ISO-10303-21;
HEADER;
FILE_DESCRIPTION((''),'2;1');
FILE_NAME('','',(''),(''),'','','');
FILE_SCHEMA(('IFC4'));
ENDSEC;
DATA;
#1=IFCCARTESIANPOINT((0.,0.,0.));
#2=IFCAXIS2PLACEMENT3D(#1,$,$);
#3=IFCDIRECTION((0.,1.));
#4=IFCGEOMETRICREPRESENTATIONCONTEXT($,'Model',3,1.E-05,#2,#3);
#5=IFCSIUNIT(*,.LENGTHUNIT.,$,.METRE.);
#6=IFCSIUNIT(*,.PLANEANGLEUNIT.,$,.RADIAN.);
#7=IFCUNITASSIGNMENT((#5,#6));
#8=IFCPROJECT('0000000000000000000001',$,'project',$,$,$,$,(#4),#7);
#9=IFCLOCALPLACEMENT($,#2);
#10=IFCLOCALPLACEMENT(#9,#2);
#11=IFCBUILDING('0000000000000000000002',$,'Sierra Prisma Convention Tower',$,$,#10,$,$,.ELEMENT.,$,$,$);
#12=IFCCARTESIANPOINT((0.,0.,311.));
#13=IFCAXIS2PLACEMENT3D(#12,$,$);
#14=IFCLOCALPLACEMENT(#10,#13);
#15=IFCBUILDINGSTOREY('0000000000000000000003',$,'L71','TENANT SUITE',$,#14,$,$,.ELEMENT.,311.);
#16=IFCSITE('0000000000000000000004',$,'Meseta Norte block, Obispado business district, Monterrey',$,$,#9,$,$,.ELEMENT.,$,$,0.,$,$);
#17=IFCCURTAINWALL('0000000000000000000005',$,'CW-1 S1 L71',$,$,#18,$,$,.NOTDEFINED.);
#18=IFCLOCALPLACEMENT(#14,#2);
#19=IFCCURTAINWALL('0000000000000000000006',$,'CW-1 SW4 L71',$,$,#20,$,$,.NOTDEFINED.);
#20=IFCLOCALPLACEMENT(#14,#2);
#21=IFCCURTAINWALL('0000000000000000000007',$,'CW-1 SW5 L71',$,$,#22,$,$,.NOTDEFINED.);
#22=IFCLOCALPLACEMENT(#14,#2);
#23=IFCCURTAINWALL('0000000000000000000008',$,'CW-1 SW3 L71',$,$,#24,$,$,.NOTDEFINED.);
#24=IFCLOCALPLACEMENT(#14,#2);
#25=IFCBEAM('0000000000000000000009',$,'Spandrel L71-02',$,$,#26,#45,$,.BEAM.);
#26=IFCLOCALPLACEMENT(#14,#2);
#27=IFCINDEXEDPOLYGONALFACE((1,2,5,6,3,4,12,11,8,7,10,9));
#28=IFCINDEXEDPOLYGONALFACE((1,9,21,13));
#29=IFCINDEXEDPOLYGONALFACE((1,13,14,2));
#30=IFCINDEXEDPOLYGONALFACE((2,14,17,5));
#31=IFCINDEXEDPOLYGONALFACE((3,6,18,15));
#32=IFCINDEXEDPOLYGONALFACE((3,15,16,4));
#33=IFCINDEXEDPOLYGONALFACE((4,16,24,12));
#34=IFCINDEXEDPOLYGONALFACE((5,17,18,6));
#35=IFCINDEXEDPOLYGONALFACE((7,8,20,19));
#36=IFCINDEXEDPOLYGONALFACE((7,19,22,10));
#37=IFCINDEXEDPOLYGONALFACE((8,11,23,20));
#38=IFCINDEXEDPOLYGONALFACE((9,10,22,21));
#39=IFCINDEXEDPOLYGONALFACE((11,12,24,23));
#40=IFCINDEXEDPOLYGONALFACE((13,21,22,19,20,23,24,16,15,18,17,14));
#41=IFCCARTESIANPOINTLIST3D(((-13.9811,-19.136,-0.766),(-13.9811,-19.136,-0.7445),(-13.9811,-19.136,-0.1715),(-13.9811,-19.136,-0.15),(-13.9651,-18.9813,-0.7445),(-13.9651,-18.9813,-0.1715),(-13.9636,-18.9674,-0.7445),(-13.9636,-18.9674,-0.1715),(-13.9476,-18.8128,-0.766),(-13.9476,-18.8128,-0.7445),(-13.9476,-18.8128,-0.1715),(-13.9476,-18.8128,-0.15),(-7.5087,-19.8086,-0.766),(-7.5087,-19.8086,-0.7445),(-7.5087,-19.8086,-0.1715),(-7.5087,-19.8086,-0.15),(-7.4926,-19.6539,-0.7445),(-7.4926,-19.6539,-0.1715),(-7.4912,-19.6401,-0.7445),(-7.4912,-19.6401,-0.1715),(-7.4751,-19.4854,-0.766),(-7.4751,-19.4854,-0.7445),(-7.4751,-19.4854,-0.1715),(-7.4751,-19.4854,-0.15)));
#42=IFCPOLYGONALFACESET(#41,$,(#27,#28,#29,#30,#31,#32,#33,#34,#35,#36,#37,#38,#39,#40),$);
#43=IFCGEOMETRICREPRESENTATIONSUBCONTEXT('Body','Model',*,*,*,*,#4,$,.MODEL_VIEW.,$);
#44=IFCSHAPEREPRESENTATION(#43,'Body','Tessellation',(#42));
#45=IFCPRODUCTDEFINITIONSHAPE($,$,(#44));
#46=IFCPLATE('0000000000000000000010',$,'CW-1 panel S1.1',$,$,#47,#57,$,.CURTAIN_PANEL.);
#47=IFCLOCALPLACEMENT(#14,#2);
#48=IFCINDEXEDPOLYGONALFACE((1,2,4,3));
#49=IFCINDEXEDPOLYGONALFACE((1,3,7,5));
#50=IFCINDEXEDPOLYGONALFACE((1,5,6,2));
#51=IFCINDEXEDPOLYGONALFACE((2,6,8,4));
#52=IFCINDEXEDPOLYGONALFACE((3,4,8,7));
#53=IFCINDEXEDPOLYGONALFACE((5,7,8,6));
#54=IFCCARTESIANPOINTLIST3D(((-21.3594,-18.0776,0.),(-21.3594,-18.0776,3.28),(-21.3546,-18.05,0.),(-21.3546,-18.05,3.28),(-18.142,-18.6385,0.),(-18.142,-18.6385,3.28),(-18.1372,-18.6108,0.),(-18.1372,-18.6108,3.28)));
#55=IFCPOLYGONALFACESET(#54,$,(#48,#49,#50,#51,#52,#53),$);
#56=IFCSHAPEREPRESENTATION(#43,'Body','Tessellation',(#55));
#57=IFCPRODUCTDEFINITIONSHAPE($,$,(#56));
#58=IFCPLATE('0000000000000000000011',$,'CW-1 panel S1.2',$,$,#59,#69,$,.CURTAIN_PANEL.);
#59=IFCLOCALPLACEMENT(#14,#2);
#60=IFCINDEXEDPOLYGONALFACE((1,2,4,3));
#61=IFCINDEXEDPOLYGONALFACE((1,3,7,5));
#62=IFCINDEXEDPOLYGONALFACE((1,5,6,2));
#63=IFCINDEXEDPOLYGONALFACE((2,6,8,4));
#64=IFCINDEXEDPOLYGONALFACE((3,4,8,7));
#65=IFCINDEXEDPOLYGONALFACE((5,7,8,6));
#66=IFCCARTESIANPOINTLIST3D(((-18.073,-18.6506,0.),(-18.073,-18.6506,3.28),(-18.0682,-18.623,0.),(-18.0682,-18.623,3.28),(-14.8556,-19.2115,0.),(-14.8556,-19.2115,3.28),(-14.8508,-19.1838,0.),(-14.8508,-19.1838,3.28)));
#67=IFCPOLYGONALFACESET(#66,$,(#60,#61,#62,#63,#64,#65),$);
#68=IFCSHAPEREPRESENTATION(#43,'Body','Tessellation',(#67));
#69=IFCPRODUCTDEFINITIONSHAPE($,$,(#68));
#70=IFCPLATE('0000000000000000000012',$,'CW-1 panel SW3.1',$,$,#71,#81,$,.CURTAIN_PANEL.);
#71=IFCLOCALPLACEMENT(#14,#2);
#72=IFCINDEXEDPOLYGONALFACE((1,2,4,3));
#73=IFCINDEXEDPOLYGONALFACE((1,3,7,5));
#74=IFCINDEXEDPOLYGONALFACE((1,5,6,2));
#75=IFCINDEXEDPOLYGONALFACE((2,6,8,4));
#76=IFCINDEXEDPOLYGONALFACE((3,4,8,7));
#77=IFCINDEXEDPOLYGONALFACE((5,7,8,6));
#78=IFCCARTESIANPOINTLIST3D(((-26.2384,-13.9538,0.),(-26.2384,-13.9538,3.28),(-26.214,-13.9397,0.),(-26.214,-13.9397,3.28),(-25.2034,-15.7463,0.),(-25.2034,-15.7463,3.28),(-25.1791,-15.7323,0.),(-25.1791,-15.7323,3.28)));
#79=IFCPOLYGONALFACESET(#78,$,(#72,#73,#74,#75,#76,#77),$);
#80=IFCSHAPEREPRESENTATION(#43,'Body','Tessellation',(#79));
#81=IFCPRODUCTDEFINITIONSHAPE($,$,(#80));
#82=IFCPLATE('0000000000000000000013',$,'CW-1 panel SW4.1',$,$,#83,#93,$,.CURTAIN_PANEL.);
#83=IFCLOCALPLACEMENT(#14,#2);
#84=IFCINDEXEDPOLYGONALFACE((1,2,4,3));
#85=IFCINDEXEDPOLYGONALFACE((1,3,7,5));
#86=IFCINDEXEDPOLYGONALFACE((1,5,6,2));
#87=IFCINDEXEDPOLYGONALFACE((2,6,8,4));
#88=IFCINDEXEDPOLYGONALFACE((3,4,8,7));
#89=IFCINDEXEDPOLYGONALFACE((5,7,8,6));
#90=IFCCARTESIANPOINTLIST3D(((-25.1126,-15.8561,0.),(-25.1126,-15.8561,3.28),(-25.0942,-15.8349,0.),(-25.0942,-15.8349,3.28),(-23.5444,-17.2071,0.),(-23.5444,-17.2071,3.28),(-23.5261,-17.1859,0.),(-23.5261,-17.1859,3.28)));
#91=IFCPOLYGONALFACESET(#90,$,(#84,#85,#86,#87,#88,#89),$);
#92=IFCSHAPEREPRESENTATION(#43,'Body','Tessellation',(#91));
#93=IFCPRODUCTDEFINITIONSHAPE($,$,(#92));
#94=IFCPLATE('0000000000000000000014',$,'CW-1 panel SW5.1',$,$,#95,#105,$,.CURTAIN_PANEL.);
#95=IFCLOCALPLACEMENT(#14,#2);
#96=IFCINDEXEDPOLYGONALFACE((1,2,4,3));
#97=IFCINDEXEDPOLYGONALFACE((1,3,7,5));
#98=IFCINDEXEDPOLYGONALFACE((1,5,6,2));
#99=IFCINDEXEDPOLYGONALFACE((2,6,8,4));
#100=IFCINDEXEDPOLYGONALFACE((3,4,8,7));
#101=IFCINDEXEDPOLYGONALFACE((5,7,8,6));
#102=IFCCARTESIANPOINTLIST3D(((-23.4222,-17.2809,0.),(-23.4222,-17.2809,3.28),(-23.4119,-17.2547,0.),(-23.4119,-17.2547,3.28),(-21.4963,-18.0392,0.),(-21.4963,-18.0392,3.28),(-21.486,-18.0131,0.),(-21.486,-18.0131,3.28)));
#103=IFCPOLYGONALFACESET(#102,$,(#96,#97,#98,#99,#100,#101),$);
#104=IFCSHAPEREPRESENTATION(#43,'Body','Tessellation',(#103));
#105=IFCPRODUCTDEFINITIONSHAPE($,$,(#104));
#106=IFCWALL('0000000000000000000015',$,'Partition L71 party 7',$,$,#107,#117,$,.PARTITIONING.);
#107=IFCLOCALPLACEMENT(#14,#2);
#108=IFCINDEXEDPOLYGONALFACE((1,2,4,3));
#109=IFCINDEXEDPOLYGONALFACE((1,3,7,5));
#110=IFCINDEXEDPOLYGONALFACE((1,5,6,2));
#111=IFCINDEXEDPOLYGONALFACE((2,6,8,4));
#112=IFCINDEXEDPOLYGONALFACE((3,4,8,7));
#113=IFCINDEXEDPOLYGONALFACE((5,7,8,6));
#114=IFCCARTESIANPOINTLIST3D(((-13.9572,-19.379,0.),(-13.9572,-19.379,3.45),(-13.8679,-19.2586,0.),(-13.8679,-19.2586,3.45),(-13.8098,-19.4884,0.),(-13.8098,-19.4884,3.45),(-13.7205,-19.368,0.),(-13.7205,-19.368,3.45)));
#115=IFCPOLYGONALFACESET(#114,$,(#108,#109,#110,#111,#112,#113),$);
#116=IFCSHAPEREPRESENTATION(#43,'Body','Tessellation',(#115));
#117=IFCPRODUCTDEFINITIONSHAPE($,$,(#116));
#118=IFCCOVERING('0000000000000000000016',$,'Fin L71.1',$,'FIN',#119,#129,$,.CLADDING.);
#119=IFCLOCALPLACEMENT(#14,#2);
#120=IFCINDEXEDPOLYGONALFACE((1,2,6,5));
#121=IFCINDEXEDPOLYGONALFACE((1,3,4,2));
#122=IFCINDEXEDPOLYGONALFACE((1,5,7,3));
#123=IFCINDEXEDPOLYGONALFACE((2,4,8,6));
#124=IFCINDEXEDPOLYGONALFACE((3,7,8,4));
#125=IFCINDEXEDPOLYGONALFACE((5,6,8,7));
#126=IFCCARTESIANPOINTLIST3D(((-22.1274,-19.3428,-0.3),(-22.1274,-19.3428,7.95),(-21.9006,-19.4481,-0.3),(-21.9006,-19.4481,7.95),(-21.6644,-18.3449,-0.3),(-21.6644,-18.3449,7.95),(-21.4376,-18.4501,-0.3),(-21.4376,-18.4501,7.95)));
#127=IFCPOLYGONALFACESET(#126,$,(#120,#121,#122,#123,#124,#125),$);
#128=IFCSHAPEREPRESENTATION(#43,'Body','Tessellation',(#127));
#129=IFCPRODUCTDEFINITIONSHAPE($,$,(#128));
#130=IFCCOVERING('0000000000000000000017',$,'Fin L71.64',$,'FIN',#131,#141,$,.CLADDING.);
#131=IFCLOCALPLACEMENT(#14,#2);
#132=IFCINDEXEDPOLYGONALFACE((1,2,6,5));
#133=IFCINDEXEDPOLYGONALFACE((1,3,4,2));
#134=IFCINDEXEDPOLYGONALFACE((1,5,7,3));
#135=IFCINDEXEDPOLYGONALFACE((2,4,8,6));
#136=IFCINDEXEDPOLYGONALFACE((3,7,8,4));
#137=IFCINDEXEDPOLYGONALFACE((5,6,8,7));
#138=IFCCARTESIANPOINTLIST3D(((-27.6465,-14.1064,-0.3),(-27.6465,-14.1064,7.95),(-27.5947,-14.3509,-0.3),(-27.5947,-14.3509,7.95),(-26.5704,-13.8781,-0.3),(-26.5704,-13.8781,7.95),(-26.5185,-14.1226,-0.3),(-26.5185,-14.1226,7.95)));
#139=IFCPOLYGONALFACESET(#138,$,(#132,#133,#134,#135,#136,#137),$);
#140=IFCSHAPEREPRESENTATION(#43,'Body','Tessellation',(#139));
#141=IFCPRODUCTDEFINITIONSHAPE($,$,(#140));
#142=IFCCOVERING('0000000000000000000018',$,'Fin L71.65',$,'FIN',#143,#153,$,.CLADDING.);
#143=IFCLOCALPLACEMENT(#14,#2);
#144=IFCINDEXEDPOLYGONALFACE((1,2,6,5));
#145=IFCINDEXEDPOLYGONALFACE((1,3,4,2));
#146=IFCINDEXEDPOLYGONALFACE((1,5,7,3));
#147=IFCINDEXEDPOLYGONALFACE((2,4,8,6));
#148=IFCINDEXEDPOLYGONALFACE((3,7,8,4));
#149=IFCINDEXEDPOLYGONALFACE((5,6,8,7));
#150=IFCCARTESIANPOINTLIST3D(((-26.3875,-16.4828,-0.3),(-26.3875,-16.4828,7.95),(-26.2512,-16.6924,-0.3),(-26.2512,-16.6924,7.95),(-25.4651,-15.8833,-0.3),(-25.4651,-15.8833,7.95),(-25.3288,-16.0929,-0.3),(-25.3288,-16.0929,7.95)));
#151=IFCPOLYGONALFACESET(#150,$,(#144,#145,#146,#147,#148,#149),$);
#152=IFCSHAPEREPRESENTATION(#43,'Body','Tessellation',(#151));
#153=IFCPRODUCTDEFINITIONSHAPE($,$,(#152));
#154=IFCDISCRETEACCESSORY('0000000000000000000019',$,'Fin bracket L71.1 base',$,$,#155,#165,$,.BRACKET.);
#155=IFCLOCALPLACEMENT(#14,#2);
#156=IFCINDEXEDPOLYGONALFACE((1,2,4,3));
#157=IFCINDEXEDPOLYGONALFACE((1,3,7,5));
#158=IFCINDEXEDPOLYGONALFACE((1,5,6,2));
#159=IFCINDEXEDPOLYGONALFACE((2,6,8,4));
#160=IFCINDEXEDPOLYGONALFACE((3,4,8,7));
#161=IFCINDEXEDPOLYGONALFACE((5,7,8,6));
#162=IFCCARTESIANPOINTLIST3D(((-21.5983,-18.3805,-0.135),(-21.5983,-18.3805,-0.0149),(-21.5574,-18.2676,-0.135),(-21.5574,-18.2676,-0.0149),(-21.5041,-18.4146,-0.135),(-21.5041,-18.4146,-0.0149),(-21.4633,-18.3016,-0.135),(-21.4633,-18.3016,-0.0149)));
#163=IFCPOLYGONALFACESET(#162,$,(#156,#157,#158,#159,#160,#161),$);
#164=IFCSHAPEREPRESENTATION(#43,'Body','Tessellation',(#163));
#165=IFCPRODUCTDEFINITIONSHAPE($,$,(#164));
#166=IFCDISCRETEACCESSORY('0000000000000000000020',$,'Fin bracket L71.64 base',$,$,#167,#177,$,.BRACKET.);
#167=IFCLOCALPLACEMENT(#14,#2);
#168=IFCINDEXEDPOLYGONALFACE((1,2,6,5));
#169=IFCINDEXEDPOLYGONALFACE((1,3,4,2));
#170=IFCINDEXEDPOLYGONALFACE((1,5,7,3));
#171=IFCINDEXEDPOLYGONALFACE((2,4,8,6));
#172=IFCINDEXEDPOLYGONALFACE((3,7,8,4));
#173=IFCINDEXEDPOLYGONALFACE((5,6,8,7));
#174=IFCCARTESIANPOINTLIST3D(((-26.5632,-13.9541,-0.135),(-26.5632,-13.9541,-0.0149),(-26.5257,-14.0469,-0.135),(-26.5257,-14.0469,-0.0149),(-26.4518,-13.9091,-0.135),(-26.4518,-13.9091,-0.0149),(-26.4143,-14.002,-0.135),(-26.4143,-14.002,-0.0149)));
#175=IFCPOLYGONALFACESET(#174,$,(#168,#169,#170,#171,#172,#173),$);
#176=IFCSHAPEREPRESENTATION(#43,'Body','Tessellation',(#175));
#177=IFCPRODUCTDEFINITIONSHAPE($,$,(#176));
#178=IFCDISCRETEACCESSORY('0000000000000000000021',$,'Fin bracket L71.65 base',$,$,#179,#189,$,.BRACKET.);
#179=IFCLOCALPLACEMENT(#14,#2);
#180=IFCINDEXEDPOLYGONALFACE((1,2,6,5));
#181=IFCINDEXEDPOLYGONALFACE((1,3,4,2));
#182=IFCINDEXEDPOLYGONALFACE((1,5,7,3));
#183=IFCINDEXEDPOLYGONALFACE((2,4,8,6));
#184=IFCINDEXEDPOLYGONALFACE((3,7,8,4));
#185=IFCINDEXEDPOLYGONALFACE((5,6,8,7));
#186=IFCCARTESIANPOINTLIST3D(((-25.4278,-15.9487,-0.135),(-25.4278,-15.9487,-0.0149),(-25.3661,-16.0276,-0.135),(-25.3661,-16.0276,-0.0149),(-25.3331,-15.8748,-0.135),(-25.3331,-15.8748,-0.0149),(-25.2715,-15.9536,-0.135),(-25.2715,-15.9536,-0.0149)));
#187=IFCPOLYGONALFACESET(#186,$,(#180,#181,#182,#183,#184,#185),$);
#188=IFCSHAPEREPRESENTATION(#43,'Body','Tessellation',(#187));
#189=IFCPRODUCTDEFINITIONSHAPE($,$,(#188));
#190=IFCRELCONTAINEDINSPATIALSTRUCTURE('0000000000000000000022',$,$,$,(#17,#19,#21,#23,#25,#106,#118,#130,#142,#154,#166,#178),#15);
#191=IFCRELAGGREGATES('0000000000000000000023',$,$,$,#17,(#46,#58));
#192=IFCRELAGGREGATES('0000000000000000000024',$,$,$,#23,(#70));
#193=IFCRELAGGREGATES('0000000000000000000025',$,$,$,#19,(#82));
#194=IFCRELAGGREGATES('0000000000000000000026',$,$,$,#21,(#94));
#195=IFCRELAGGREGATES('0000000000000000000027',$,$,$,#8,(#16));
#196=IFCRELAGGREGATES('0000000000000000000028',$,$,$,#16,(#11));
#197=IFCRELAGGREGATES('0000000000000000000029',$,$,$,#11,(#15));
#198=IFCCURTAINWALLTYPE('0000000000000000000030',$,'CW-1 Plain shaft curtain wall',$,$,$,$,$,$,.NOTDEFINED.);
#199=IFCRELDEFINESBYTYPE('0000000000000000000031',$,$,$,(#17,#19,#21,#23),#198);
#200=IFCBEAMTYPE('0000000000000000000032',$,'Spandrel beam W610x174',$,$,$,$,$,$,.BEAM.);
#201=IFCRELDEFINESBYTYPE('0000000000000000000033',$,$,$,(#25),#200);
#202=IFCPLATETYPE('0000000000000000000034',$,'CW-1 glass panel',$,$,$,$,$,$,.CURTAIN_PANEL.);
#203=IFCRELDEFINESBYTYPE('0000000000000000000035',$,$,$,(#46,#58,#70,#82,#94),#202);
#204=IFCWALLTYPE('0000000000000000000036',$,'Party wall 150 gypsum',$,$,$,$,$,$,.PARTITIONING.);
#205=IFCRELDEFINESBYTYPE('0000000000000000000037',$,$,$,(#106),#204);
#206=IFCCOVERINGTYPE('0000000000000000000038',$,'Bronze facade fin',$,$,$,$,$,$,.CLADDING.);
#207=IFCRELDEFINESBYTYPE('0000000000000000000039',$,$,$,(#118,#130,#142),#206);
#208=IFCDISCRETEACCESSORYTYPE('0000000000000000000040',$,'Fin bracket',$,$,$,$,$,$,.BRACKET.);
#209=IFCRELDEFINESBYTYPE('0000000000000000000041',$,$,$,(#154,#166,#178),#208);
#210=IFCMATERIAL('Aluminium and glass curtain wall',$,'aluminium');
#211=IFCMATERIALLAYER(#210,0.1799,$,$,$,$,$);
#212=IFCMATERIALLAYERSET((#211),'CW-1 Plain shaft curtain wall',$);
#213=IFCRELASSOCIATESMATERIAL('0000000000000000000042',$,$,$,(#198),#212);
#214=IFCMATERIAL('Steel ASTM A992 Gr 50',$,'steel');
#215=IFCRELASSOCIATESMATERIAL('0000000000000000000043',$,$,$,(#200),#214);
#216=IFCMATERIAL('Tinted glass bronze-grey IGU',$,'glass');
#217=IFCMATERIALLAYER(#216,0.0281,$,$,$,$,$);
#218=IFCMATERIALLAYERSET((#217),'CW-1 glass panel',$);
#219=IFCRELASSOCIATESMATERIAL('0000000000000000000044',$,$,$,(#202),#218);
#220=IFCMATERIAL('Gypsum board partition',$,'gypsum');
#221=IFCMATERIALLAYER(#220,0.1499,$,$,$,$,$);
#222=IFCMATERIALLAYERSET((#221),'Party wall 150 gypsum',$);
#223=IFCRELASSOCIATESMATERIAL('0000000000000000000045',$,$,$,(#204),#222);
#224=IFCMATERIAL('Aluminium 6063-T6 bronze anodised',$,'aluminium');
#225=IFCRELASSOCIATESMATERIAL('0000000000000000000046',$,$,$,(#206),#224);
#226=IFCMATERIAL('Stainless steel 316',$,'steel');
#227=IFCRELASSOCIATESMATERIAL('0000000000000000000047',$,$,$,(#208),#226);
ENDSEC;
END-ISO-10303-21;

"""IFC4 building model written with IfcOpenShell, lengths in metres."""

from ifc_helpers import new_model, si_unit, direction, frame, frame_2d, origin, origin_2d, place, context, subcontext, project, spatial, rectangle, i_section, extrude, material, layer, layer_set, material_profile, profile_set, type_object, element, aggregate, save


model = new_model("IFC4")

# Units and contexts
model_context = context("Model", 3, precision=1e-05, world=origin(), true_north=direction((0.0, 1.0)))
body_context = subcontext(model_context, "Body", "Model", "MODEL_VIEW")
ifc_project = project(units=[si_unit("LENGTHUNIT", "METRE"), si_unit("PLANEANGLEUNIT", "RADIAN")], contexts=[model_context])

# Site, building, storey
site_placement = place(None, origin())
site = spatial("IfcSite", under=ifc_project, at=site_placement, Name="Meseta Norte block, Obispado business district, Monterrey", CompositionType="ELEMENT", RefElevation=0.0)
building_placement = place(site_placement, origin())
building = spatial("IfcBuilding", under=site, at=building_placement, Name="Sierra Prisma Convention Tower", CompositionType="ELEMENT")
storey_placement = place(building_placement, frame((0.0, 0.0, 311.0)))
storey = spatial("IfcBuildingStorey", under=building, at=storey_placement, Name="L71", Description="TENANT SUITE", CompositionType="ELEMENT", Elevation=311.0)

# Curtain wall
ifc_material_1 = material(Name="Aluminium and glass curtain wall", Category="aluminium")
ifc_layer_1 = layer(ifc_material_1, 0.1799)
ifc_layer_set_1 = layer_set([ifc_layer_1], Name="CW-1 Plain shaft curtain wall")
curtain_wall_type = type_object("IfcCurtainWallType", Name="CW-1 Plain shaft curtain wall", PredefinedType="NOTDEFINED", material=ifc_layer_set_1)
curtain_wall_1_placement = place(storey_placement, origin())
curtain_wall_1 = element("IfcCurtainWall", 1, at=curtain_wall_1_placement, inside=storey, type_object=curtain_wall_type, Name="CW-1 S1 L71", PredefinedType="NOTDEFINED")

# Curtain walls
curtain_wall_2_placement = place(storey_placement, origin())
curtain_wall_2 = element("IfcCurtainWall", 2, at=curtain_wall_2_placement, inside=storey, type_object=curtain_wall_type, Name="CW-1 SW4 L71", PredefinedType="NOTDEFINED")
curtain_wall_3_placement = place(storey_placement, origin())
curtain_wall_3 = element("IfcCurtainWall", 3, at=curtain_wall_3_placement, inside=storey, type_object=curtain_wall_type, Name="CW-1 SW5 L71", PredefinedType="NOTDEFINED")

# Curtain wall
curtain_wall_4_placement = place(storey_placement, origin())
curtain_wall_4 = element("IfcCurtainWall", 4, at=curtain_wall_4_placement, inside=storey, type_object=curtain_wall_type, Name="CW-1 SW3 L71", PredefinedType="NOTDEFINED")

# Beam
ifc_material_2 = material(Name="Steel ASTM A992 Gr 50", Category="steel")
ifc_material_profile_1 = material_profile(ifc_material_2, i_section(OverallWidth=0.325, OverallDepth=0.616, WebThickness=0.0139, FlangeThickness=0.0215, at=origin_2d()), Name="W610x174")
ifc_profile_set_1 = profile_set([ifc_material_profile_1], Name="Steel ASTM A992 Gr 50")
beam_type_1 = type_object("IfcBeamType", Name="Spandrel beam W610x174", PredefinedType="BEAM", material=ifc_profile_set_1)
beam_1_placement = place(storey_placement, frame((-13.9644, -18.9744, -0.458), z_axis=(0.994644, -0.103363, 0.0), x_axis=(0.103363, 0.994644, 0.0)))
element("IfcBeam", 5, at=beam_1_placement, inside=storey, type_object=beam_type_1, Name="Spandrel L71-02", PredefinedType="BEAM", context=body_context, shape_type="SweptSolid", body=[
    extrude(i_section(OverallWidth=0.325, OverallDepth=0.616, WebThickness=0.0139, FlangeThickness=0.0215, at=origin_2d()), origin(), (0.0, 0.0, 1.0), 6.5073),
])

# Plates
ifc_material_3 = material(Name="Tinted glass bronze-grey IGU", Category="glass")
ifc_layer_2 = layer(ifc_material_3, 0.0281)
ifc_layer_set_2 = layer_set([ifc_layer_2], Name="CW-1 glass panel")
plate_type = type_object("IfcPlateType", Name="CW-1 glass panel", PredefinedType="CURTAIN_PANEL", material=ifc_layer_set_2)
plate_1_placement = place(storey_placement, frame((-19.7483, -18.3442, 0.0), z_axis=(0.0, 0.0, 1.0), x_axis=(0.985144, -0.171733, 0.0)))
plate_1 = element("IfcPlate", 6, at=plate_1_placement, type_object=plate_type, Name="CW-1 panel S1.1", PredefinedType="CURTAIN_PANEL", context=body_context, shape_type="SweptSolid", body=[
    extrude(rectangle(XDim=3.2659, YDim=0.0281, at=origin_2d()), origin(), (0.0, 0.0, 1.0), 3.28),
])
plate_2_placement = place(storey_placement, frame((-16.4619, -18.9172, 0.0), z_axis=(0.0, 0.0, 1.0), x_axis=(0.985144, -0.171733, 0.0)))
plate_2 = element("IfcPlate", 7, at=plate_2_placement, type_object=plate_type, Name="CW-1 panel S1.2", PredefinedType="CURTAIN_PANEL", context=body_context, shape_type="SweptSolid", body=[
    extrude(rectangle(XDim=3.2659, YDim=0.0281, at=origin_2d()), origin(), (0.0, 0.0, 1.0), 3.28),
])
aggregate(curtain_wall_1, [plate_1, plate_2])
plate_3_placement = place(storey_placement, frame((-25.7087, -14.843, 0.0), z_axis=(0.0, 0.0, 1.0), x_axis=(0.5, -0.866025, 0.0)))
plate_3 = element("IfcPlate", 8, at=plate_3_placement, type_object=plate_type, Name="CW-1 panel SW3.1", PredefinedType="CURTAIN_PANEL", context=body_context, shape_type="SweptSolid", body=[
    extrude(rectangle(XDim=2.0698, YDim=0.0281, at=origin_2d()), origin(), (0.0, 0.0, 1.0), 3.28),
])
aggregate(curtain_wall_4, [plate_3])
plate_4_placement = place(storey_placement, frame((-24.3193, -16.521, 0.0), z_axis=(0.0, 0.0, 1.0), x_axis=(0.757605, -0.652714, 0.0)))
plate_4 = element("IfcPlate", 9, at=plate_4_placement, type_object=plate_type, Name="CW-1 panel SW4.1", PredefinedType="CURTAIN_PANEL", context=body_context, shape_type="SweptSolid", body=[
    extrude(rectangle(XDim=2.0698, YDim=0.0281, at=origin_2d()), origin(), (0.0, 0.0, 1.0), 3.28),
])
aggregate(curtain_wall_2, [plate_4])
plate_5_placement = place(storey_placement, frame((-22.4541, -17.647, 0.0), z_axis=(0.0, 0.0, 1.0), x_axis=(0.930462, -0.366388, 0.0)))
plate_5 = element("IfcPlate", 10, at=plate_5_placement, type_object=plate_type, Name="CW-1 panel SW5.1", PredefinedType="CURTAIN_PANEL", context=body_context, shape_type="SweptSolid", body=[
    extrude(rectangle(XDim=2.0698, YDim=0.0281, at=origin_2d()), origin(), (0.0, 0.0, 1.0), 3.28),
])
aggregate(curtain_wall_3, [plate_5])

# Wall
ifc_material_4 = material(Name="Gypsum board partition", Category="gypsum")
ifc_layer_3 = layer(ifc_material_4, 0.1499)
ifc_layer_set_3 = layer_set([ifc_layer_3], Name="Party wall 150 gypsum")
wall_type = type_object("IfcWallType", Name="Party wall 150 gypsum", PredefinedType="PARTITIONING", material=ifc_layer_set_3)
wall_placement = place(storey_placement, frame((-13.7651, -19.4282, 0.0), z_axis=(0.0, 0.0, 1.0), x_axis=(-0.80318, 0.595736, 0.0)))
element("IfcWall", 11, at=wall_placement, inside=storey, type_object=wall_type, Name="Partition L71 party 7", PredefinedType="PARTITIONING", context=body_context, shape_type="SweptSolid", body=[
    extrude(rectangle(XDim=0.1836, YDim=0.1499, at=frame_2d((0.0918, 0.0))), origin(), (0.0, 0.0, 1.0), 3.45),
])

# Coverings
ifc_material_5 = material(Name="Aluminium 6063-T6 bronze anodised", Category="aluminium")
ifc_material_profile_2 = material_profile(ifc_material_5, rectangle(XDim=1.1001, YDim=0.25, at=origin_2d()), Name="ALU FIN 1100x250")
ifc_profile_set_2 = profile_set([ifc_material_profile_2], Name="Aluminium 6063-T6 bronze anodised")
covering_type = type_object("IfcCoveringType", Name="Bronze facade fin", PredefinedType="CLADDING", material=ifc_profile_set_2)
for number, where, z_axis, x_axis, name in (
    (12, (-21.7825, -18.8965, -0.3), (0.0, 0.0, 1.0), (-0.420855, -0.907128, 0.0), "Fin L71.1"),
    (13, (-27.0825, -14.1145, -0.3), (0.0, 0.0, 1.0), (-0.978228, -0.207531, 0.0), "Fin L71.64"),
    (14, (-25.8582, -16.2878, -0.3), (0.0, 0.0, 1.0), (-0.838459, -0.544965, 0.0), "Fin L71.65"),
):
    element("IfcCovering", number, at=place(storey_placement, frame(where, z_axis=z_axis, x_axis=x_axis)), inside=storey, type_object=covering_type, Name=name, ObjectType="FIN", PredefinedType="CLADDING", context=body_context, shape_type="SweptSolid", body=[
        extrude(rectangle(XDim=1.1001, YDim=0.25, at=origin_2d()), origin(), (0.0, 0.0, 1.0), 8.25),
    ])

# Discrete accessories
ifc_material_6 = material(Name="Stainless steel 316", Category="steel")
discrete_accessory_type = type_object("IfcDiscreteAccessoryType", Name="Fin bracket", PredefinedType="BRACKET", material=ifc_material_6)
for number, where, z_axis, x_axis, name in (
    (15, (-21.5308, -18.3411, -0.135), (0.0, 0.0, 1.0), (-0.340192, -0.940356, 0.0), "Fin bracket L71.1 base"),
    (16, (-26.4888, -13.978, -0.135), (0.0, 0.0, 1.0), (-0.927329, -0.374246, 0.0), "Fin bracket L71.64 base"),
    (17, (-25.3496, -15.9512, -0.135), (0.0, 0.0, 1.0), (-0.787771, -0.615968, 0.0), "Fin bracket L71.65 base"),
):
    element("IfcDiscreteAccessory", number, at=place(storey_placement, frame(where, z_axis=z_axis, x_axis=x_axis)), inside=storey, type_object=discrete_accessory_type, Name=name, PredefinedType="BRACKET", context=body_context, shape_type="SweptSolid", body=[
        extrude(rectangle(XDim=0.1201, YDim=0.1001, at=origin_2d()), origin(), (0.0, 0.0, 1.0), 0.1201),
    ])

save(model, "model.ifc")
